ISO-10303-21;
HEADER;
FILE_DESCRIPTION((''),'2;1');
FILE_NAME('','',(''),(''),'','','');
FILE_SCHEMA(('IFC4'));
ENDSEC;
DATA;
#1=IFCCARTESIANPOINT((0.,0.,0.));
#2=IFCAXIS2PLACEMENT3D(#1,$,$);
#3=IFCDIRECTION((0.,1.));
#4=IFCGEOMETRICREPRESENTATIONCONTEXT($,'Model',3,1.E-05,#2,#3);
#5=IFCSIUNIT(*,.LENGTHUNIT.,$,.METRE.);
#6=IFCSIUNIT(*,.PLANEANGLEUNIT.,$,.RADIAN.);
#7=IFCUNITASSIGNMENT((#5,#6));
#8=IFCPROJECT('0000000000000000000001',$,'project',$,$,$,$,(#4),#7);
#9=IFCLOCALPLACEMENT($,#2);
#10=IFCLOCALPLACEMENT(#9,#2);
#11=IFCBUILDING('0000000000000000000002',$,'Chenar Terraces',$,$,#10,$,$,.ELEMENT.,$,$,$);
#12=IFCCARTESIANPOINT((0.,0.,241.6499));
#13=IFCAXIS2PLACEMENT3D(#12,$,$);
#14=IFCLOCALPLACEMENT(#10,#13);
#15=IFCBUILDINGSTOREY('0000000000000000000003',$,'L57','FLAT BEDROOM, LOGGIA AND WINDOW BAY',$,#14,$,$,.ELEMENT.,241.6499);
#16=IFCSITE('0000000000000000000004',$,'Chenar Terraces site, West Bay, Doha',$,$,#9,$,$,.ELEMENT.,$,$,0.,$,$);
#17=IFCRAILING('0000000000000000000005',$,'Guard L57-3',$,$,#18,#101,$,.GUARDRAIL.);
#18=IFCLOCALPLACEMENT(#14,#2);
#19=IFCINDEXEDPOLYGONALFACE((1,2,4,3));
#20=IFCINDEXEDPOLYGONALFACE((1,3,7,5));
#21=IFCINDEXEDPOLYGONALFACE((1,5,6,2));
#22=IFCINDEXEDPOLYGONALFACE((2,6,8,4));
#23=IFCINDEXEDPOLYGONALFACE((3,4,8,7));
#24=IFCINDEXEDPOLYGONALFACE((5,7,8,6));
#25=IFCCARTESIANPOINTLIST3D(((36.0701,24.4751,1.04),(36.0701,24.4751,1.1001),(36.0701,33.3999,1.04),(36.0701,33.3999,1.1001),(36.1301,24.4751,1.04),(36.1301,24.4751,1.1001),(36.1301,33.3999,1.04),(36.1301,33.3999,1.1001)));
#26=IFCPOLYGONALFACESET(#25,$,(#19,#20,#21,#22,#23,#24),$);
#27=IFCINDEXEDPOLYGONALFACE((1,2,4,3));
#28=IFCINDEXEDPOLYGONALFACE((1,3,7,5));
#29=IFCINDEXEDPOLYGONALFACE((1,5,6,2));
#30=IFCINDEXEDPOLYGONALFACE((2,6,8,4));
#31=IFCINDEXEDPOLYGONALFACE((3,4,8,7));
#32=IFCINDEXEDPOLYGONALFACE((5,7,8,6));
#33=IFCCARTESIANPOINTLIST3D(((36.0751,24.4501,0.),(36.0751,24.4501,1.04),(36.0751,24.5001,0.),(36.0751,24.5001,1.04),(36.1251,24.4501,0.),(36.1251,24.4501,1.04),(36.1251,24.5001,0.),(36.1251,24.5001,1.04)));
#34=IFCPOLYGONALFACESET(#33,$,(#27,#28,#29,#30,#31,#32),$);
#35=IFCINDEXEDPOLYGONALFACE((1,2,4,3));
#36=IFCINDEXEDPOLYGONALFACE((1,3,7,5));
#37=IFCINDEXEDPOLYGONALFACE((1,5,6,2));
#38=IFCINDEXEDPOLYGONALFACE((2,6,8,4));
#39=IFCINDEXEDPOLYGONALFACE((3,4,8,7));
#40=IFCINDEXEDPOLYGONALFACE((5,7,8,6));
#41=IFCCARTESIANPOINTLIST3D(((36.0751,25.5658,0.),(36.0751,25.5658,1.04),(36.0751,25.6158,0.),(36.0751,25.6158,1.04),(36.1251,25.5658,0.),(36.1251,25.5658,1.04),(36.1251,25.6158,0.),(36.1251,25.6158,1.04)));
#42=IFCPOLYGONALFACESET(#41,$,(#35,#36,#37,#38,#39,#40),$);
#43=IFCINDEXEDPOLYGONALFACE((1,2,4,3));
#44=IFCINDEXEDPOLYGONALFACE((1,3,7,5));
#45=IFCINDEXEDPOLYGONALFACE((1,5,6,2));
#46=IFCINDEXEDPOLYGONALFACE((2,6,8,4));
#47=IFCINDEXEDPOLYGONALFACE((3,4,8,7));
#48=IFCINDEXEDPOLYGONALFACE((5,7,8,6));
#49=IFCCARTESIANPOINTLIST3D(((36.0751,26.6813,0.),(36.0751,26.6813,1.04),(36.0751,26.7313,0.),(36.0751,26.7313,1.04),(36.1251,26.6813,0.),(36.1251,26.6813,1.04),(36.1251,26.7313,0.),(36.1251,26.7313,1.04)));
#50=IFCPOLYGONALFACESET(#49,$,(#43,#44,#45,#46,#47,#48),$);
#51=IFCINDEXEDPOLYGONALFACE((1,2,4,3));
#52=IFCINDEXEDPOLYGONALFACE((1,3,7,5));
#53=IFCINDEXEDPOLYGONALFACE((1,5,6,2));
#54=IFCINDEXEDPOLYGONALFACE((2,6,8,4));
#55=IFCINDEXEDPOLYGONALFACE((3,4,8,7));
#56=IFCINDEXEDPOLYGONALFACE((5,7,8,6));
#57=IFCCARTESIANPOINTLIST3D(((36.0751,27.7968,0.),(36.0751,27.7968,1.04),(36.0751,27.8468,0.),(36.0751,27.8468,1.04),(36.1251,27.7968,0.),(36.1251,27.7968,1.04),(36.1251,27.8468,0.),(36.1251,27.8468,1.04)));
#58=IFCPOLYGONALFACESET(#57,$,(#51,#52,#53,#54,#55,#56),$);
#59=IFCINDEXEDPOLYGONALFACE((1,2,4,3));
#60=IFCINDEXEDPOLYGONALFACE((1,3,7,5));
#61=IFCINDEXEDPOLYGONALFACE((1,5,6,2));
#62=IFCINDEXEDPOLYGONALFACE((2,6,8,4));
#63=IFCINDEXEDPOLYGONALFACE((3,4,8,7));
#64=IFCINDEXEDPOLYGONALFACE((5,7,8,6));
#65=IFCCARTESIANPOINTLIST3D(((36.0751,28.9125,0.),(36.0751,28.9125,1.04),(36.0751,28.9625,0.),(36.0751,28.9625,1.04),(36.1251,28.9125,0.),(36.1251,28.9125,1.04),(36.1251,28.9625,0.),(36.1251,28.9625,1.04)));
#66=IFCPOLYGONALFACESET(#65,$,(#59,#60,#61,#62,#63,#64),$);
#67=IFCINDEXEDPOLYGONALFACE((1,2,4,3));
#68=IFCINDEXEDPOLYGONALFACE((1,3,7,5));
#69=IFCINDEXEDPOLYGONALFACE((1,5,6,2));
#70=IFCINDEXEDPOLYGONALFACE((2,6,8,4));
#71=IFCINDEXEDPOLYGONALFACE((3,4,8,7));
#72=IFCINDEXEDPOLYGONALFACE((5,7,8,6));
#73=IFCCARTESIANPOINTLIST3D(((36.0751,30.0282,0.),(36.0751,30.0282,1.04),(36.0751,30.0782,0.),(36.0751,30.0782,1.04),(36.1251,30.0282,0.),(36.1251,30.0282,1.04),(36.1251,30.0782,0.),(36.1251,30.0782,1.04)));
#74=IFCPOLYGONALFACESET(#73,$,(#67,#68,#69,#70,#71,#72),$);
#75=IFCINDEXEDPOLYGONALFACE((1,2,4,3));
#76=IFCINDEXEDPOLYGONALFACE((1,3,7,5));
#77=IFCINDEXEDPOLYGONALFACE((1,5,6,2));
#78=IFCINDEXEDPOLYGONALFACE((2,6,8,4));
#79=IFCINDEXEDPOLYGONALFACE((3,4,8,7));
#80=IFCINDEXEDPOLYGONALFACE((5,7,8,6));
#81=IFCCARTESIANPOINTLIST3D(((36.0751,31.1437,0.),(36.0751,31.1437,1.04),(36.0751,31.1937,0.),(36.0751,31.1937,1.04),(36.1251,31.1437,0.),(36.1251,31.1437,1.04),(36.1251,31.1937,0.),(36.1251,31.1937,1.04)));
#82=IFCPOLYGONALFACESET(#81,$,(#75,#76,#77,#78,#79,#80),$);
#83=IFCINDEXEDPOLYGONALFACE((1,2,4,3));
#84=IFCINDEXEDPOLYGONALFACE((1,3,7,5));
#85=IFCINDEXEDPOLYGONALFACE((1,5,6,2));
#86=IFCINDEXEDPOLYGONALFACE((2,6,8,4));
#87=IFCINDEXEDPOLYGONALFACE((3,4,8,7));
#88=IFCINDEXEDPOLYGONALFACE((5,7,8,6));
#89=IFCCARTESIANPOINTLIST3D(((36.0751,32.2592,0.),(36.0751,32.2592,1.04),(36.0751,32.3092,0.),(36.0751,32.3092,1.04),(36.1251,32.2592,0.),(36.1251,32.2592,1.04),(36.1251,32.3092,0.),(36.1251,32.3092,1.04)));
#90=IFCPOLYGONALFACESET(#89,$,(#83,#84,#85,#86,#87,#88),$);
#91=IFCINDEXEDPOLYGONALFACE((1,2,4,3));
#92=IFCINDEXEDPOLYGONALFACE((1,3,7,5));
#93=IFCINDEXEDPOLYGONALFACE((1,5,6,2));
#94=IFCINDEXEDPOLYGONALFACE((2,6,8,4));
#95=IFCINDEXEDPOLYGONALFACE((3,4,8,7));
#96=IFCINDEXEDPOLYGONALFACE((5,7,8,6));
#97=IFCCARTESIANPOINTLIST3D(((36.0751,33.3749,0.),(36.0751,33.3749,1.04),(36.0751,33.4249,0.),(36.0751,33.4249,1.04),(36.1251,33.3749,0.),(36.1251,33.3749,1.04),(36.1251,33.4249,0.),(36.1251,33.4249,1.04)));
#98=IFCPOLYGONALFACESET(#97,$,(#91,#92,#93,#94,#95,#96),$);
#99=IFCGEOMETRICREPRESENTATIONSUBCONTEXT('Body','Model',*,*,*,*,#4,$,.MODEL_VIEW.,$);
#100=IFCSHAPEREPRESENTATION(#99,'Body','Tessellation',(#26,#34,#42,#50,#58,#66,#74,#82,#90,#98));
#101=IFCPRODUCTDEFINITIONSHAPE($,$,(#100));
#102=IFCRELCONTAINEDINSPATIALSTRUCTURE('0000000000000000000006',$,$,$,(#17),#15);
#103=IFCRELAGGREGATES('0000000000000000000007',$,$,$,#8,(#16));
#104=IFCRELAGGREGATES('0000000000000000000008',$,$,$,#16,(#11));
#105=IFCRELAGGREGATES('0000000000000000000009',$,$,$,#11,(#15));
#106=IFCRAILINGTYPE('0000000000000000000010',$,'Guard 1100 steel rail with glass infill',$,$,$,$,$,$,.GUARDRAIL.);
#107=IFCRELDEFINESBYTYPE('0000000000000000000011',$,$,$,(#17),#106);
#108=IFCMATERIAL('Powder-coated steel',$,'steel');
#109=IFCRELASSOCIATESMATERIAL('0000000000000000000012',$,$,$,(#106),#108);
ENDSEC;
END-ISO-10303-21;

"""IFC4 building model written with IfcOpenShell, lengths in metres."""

from ifc_helpers import new_model, si_unit, direction, frame, origin, origin_2d, place, context, subcontext, project, spatial, rectangle, extrude, material, type_object, element, save


model = new_model("IFC4")

# Units and contexts
model_context = context("Model", 3, precision=1e-05, world=origin(), true_north=direction((0.0, 1.0)))
body_context = subcontext(model_context, "Body", "Model", "MODEL_VIEW")
ifc_project = project(units=[si_unit("LENGTHUNIT", "METRE"), si_unit("PLANEANGLEUNIT", "RADIAN")], contexts=[model_context])

# Site, building, storey
site_placement = place(None, origin())
site = spatial("IfcSite", under=ifc_project, at=site_placement, Name="Chenar Terraces site, West Bay, Doha", CompositionType="ELEMENT", RefElevation=0.0)
building_placement = place(site_placement, origin())
building = spatial("IfcBuilding", under=site, at=building_placement, Name="Chenar Terraces", CompositionType="ELEMENT")
storey_placement = place(building_placement, frame((0.0, 0.0, 241.6499)))
storey = spatial("IfcBuildingStorey", under=building, at=storey_placement, Name="L57", Description="FLAT BEDROOM, LOGGIA AND WINDOW BAY", CompositionType="ELEMENT", Elevation=241.6499)

# Railing
ifc_material_1 = material(Name="Powder-coated steel", Category="steel")
railing_type = type_object("IfcRailingType", Name="Guard 1100 steel rail with glass infill", PredefinedType="GUARDRAIL", material=ifc_material_1)
railing_placement = place(storey_placement, frame((36.1001, 24.4751, 0.0)))
element("IfcRailing", 1, at=railing_placement, inside=storey, type_object=railing_type, Name="Guard L57-3", PredefinedType="GUARDRAIL", context=body_context, shape_type="SweptSolid", body=[
    extrude(rectangle(XDim=0.0601, YDim=0.0601, at=origin_2d()), frame((0.0, 0.0, 1.0701), z_axis=(0.0, 1.0, 0.0), x_axis=(-1.0, 0.0, 0.0)), (0.0, 0.0, 1.0), 8.9248),
    extrude(rectangle(XDim=0.05, YDim=0.05, at=origin_2d()), origin(), (0.0, 0.0, 1.0), 1.04),
    extrude(rectangle(XDim=0.05, YDim=0.05, at=origin_2d()), frame((0.0, 1.1157, 0.0)), (0.0, 0.0, 1.0), 1.04),
    extrude(rectangle(XDim=0.05, YDim=0.05, at=origin_2d()), frame((0.0, 2.2312, 0.0)), (0.0, 0.0, 1.0), 1.04),
    extrude(rectangle(XDim=0.05, YDim=0.05, at=origin_2d()), frame((0.0, 3.3467, 0.0)), (0.0, 0.0, 1.0), 1.04),
    extrude(rectangle(XDim=0.05, YDim=0.05, at=origin_2d()), frame((0.0, 4.4624, 0.0)), (0.0, 0.0, 1.0), 1.04),
    extrude(rectangle(XDim=0.05, YDim=0.05, at=origin_2d()), frame((0.0, 5.5781, 0.0)), (0.0, 0.0, 1.0), 1.04),
    extrude(rectangle(XDim=0.05, YDim=0.05, at=origin_2d()), frame((0.0, 6.6936, 0.0)), (0.0, 0.0, 1.0), 1.04),
    extrude(rectangle(XDim=0.05, YDim=0.05, at=origin_2d()), frame((0.0, 7.8091, 0.0)), (0.0, 0.0, 1.0), 1.04),
    extrude(rectangle(XDim=0.05, YDim=0.05, at=origin_2d()), frame((0.0, 8.9248, 0.0)), (0.0, 0.0, 1.0), 1.04),
])

save(model, "model.ifc")
